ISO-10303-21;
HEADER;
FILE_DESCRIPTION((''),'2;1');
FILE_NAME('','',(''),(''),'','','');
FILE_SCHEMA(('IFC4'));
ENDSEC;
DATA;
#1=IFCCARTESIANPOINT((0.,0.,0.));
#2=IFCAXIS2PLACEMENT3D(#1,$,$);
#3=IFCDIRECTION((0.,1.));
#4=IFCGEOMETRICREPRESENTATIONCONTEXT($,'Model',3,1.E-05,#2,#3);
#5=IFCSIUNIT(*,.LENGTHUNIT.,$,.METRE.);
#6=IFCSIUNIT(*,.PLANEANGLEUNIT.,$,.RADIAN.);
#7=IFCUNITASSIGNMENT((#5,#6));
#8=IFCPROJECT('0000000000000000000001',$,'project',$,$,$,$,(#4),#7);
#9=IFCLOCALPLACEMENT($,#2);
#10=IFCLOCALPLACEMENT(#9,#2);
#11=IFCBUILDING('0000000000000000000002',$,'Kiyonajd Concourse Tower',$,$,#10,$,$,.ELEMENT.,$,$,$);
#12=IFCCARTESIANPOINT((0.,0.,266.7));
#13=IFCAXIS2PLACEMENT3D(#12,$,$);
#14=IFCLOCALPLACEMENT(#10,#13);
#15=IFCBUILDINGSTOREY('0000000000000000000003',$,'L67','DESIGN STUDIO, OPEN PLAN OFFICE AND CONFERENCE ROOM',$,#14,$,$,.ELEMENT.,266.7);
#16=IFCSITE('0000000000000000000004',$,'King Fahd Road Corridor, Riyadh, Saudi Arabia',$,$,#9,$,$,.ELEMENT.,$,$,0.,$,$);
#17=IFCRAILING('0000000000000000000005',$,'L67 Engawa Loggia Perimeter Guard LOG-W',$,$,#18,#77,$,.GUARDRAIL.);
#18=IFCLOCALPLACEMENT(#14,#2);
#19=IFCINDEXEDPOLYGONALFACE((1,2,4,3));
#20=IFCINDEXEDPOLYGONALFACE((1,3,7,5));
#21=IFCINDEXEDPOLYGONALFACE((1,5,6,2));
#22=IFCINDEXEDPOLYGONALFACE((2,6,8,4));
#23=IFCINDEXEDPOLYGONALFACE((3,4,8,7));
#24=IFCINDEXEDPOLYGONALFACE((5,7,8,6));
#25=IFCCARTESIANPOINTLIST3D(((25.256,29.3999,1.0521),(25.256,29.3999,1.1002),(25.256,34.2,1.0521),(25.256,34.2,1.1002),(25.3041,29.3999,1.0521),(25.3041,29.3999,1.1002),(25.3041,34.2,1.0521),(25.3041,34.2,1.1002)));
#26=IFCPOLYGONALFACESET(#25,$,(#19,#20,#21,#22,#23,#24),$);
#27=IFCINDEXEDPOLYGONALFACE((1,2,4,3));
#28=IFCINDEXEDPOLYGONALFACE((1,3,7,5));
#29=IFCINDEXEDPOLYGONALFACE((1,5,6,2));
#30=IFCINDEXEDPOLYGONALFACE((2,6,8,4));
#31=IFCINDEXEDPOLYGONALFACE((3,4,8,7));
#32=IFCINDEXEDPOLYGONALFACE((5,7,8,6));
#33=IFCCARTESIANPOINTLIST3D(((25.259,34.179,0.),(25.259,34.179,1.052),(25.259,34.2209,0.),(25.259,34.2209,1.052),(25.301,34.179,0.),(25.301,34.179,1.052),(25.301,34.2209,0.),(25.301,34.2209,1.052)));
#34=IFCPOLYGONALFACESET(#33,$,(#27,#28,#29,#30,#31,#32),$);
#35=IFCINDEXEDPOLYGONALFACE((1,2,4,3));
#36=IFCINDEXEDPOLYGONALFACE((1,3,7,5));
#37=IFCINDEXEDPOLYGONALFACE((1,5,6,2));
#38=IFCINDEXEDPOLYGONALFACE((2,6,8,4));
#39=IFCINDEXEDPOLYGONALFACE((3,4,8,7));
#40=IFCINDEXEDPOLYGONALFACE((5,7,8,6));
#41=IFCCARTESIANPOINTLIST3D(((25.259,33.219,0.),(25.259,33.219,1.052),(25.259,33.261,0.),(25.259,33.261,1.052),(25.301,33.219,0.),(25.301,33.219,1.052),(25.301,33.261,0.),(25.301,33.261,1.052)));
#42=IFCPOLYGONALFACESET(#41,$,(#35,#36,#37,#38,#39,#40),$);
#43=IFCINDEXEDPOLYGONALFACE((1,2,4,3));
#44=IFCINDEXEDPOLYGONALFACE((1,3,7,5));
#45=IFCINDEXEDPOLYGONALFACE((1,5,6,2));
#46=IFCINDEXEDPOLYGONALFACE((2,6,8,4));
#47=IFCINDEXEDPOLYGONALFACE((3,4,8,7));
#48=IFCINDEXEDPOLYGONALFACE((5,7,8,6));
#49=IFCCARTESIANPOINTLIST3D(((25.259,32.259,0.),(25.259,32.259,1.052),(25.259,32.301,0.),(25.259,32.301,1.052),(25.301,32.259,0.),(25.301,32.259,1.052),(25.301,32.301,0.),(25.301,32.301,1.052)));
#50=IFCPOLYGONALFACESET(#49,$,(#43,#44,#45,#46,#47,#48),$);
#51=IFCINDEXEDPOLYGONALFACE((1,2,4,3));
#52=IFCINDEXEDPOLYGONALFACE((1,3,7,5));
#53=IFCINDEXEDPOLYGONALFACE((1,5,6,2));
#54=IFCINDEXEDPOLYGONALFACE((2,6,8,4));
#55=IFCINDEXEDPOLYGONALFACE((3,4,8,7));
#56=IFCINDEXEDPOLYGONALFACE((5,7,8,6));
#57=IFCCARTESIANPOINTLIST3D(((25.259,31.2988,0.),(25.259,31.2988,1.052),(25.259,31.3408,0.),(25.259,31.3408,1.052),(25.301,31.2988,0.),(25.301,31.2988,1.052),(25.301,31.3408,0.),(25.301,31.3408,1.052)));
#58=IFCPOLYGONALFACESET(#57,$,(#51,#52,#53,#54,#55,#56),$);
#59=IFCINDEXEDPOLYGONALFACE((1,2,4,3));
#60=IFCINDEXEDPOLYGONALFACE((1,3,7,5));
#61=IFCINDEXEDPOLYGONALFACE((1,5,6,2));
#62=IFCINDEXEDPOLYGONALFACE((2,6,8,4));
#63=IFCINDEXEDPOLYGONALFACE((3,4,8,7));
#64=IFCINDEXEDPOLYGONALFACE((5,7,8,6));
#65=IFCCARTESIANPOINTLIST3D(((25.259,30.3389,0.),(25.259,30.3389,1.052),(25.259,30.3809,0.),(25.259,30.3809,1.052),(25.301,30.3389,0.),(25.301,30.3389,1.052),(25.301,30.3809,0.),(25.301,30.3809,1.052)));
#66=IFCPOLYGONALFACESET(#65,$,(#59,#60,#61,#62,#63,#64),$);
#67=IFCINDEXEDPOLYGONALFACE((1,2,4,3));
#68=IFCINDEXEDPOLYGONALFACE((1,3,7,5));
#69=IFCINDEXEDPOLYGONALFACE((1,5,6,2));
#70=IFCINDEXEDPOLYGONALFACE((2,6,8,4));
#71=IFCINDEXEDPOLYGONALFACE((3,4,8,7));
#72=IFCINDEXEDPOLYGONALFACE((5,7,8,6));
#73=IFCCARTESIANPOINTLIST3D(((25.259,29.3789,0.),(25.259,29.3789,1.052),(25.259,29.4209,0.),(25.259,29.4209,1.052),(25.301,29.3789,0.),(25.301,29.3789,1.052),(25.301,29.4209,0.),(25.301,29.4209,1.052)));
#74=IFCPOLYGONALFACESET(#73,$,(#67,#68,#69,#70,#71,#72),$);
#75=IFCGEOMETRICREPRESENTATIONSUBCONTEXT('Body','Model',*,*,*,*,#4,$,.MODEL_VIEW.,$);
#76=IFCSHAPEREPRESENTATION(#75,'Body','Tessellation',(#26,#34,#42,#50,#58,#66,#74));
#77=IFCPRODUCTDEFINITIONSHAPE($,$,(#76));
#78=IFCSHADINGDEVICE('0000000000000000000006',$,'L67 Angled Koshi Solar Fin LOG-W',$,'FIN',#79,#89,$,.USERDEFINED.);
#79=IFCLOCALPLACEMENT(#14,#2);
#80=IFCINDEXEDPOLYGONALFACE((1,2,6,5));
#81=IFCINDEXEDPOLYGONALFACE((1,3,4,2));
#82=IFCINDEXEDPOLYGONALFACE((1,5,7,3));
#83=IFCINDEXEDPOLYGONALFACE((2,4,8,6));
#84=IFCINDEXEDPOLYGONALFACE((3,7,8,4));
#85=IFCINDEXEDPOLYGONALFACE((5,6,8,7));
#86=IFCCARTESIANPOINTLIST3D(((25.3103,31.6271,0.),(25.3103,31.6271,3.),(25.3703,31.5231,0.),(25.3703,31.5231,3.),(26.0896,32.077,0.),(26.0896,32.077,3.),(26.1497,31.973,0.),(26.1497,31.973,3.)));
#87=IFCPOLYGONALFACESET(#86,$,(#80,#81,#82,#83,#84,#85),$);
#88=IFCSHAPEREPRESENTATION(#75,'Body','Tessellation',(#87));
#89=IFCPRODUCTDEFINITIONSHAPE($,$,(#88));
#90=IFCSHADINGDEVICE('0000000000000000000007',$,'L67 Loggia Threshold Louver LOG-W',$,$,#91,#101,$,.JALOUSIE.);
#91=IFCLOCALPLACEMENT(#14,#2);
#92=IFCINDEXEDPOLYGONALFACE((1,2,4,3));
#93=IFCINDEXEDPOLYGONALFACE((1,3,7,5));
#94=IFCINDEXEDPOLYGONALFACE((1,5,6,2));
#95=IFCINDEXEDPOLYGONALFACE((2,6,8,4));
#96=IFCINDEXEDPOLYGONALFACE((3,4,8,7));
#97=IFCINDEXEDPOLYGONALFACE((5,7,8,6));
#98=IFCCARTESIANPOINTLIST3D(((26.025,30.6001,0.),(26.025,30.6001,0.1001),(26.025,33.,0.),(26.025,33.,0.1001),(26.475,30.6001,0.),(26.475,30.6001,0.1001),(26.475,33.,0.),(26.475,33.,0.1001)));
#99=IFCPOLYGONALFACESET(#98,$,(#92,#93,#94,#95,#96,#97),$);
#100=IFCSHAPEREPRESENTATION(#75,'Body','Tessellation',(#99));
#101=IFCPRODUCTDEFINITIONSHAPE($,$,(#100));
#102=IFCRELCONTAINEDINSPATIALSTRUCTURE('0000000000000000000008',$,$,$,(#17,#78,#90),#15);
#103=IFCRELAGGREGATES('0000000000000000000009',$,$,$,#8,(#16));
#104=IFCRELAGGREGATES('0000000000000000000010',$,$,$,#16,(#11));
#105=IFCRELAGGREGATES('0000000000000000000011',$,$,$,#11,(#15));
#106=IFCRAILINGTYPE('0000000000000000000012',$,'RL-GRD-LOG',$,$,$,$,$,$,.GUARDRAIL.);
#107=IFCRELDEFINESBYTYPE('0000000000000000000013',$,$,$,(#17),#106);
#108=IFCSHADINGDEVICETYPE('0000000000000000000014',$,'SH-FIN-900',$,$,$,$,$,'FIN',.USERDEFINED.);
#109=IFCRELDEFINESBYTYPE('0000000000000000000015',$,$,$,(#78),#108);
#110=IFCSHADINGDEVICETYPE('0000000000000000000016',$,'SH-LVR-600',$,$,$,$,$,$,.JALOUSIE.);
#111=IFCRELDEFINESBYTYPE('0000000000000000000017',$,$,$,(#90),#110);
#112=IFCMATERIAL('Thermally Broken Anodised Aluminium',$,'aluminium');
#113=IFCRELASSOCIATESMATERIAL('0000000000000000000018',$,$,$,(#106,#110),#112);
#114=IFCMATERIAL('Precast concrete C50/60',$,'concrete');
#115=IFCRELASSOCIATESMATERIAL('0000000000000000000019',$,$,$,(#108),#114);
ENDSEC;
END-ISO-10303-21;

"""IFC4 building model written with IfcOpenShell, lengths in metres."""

from ifc_helpers import new_model, si_unit, direction, frame, origin, origin_2d, place, context, subcontext, project, spatial, rectangle, extrude, material, type_object, element, save


model = new_model("IFC4")

# Units and contexts
model_context = context("Model", 3, precision=1e-05, world=origin(), true_north=direction((0.0, 1.0)))
body_context = subcontext(model_context, "Body", "Model", "MODEL_VIEW")
ifc_project = project(units=[si_unit("LENGTHUNIT", "METRE"), si_unit("PLANEANGLEUNIT", "RADIAN")], contexts=[model_context])

# Site, building, storey
site_placement = place(None, origin())
site = spatial("IfcSite", under=ifc_project, at=site_placement, Name="King Fahd Road Corridor, Riyadh, Saudi Arabia", CompositionType="ELEMENT", RefElevation=0.0)
building_placement = place(site_placement, origin())
building = spatial("IfcBuilding", under=site, at=building_placement, Name="Kiyonajd Concourse Tower", CompositionType="ELEMENT")
storey_placement = place(building_placement, frame((0.0, 0.0, 266.7)))
storey = spatial("IfcBuildingStorey", under=building, at=storey_placement, Name="L67", Description="DESIGN STUDIO, OPEN PLAN OFFICE AND CONFERENCE ROOM", CompositionType="ELEMENT", Elevation=266.7)

# Shared definitions
ifc_material_1 = material(Name="Thermally Broken Anodised Aluminium", Category="aluminium")

# Shared definitions
ifc_material_2 = material(Name="Precast concrete C50/60", Category="concrete")

# Railing
railing_type = type_object("IfcRailingType", Name="RL-GRD-LOG", PredefinedType="GUARDRAIL", material=ifc_material_1)
railing_placement = place(storey_placement, frame((25.28, 34.2, 0.0)))
element("IfcRailing", 1, at=railing_placement, inside=storey, type_object=railing_type, Name="L67 Engawa Loggia Perimeter Guard LOG-W", PredefinedType="GUARDRAIL", context=body_context, shape_type="SweptSolid", body=[
    extrude(rectangle(XDim=0.0481, YDim=0.0481, at=origin_2d()), frame((0.0, 0.0, 1.0762), z_axis=(0.0, -1.0, 0.0), x_axis=(1.0, 0.0, 0.0)), (0.0, 0.0, 1.0), 4.8),
    extrude(rectangle(XDim=0.042, YDim=0.042, at=origin_2d()), origin(), (0.0, 0.0, 1.0), 1.052),
    extrude(rectangle(XDim=0.042, YDim=0.042, at=origin_2d()), frame((0.0, -0.96, 0.0)), (0.0, 0.0, 1.0), 1.052),
    extrude(rectangle(XDim=0.042, YDim=0.042, at=origin_2d()), frame((0.0, -1.9199, 0.0)), (0.0, 0.0, 1.0), 1.052),
    extrude(rectangle(XDim=0.042, YDim=0.042, at=origin_2d()), frame((0.0, -2.8801, 0.0)), (0.0, 0.0, 1.0), 1.052),
    extrude(rectangle(XDim=0.042, YDim=0.042, at=origin_2d()), frame((0.0, -3.8401, 0.0)), (0.0, 0.0, 1.0), 1.052),
    extrude(rectangle(XDim=0.042, YDim=0.042, at=origin_2d()), frame((0.0, -4.8, 0.0)), (0.0, 0.0, 1.0), 1.052),
])

# Shading devices
shading_device_type_1 = type_object("IfcShadingDeviceType", Name="SH-FIN-900", ElementType="FIN", PredefinedType="USERDEFINED", material=ifc_material_2)
shading_device_1_placement = place(storey_placement, frame((25.73, 31.8, 0.0), z_axis=(0.0, 0.0, 1.0), x_axis=(0.866025, 0.5, 0.0)))
element("IfcShadingDevice", 2, at=shading_device_1_placement, inside=storey, type_object=shading_device_type_1, Name="L67 Angled Koshi Solar Fin LOG-W", ObjectType="FIN", PredefinedType="USERDEFINED", context=body_context, shape_type="SweptSolid", body=[
    extrude(rectangle(XDim=0.8999, YDim=0.1201, at=origin_2d()), origin(), (0.0, 0.0, 1.0), 3.0),
])
shading_device_type_2 = type_object("IfcShadingDeviceType", Name="SH-LVR-600", PredefinedType="JALOUSIE", material=ifc_material_1)
shading_device_2_placement = place(storey_placement, frame((26.25, 31.8, 0.0), z_axis=(0.0, 0.0, 1.0), x_axis=(0.0, 1.0, 0.0)))
element("IfcShadingDevice", 3, at=shading_device_2_placement, inside=storey, type_object=shading_device_type_2, Name="L67 Loggia Threshold Louver LOG-W", PredefinedType="JALOUSIE", context=body_context, shape_type="SweptSolid", body=[
    extrude(rectangle(XDim=2.3999, YDim=0.45, at=origin_2d()), origin(), (0.0, 0.0, 1.0), 0.1001),
])

save(model, "model.ifc")
